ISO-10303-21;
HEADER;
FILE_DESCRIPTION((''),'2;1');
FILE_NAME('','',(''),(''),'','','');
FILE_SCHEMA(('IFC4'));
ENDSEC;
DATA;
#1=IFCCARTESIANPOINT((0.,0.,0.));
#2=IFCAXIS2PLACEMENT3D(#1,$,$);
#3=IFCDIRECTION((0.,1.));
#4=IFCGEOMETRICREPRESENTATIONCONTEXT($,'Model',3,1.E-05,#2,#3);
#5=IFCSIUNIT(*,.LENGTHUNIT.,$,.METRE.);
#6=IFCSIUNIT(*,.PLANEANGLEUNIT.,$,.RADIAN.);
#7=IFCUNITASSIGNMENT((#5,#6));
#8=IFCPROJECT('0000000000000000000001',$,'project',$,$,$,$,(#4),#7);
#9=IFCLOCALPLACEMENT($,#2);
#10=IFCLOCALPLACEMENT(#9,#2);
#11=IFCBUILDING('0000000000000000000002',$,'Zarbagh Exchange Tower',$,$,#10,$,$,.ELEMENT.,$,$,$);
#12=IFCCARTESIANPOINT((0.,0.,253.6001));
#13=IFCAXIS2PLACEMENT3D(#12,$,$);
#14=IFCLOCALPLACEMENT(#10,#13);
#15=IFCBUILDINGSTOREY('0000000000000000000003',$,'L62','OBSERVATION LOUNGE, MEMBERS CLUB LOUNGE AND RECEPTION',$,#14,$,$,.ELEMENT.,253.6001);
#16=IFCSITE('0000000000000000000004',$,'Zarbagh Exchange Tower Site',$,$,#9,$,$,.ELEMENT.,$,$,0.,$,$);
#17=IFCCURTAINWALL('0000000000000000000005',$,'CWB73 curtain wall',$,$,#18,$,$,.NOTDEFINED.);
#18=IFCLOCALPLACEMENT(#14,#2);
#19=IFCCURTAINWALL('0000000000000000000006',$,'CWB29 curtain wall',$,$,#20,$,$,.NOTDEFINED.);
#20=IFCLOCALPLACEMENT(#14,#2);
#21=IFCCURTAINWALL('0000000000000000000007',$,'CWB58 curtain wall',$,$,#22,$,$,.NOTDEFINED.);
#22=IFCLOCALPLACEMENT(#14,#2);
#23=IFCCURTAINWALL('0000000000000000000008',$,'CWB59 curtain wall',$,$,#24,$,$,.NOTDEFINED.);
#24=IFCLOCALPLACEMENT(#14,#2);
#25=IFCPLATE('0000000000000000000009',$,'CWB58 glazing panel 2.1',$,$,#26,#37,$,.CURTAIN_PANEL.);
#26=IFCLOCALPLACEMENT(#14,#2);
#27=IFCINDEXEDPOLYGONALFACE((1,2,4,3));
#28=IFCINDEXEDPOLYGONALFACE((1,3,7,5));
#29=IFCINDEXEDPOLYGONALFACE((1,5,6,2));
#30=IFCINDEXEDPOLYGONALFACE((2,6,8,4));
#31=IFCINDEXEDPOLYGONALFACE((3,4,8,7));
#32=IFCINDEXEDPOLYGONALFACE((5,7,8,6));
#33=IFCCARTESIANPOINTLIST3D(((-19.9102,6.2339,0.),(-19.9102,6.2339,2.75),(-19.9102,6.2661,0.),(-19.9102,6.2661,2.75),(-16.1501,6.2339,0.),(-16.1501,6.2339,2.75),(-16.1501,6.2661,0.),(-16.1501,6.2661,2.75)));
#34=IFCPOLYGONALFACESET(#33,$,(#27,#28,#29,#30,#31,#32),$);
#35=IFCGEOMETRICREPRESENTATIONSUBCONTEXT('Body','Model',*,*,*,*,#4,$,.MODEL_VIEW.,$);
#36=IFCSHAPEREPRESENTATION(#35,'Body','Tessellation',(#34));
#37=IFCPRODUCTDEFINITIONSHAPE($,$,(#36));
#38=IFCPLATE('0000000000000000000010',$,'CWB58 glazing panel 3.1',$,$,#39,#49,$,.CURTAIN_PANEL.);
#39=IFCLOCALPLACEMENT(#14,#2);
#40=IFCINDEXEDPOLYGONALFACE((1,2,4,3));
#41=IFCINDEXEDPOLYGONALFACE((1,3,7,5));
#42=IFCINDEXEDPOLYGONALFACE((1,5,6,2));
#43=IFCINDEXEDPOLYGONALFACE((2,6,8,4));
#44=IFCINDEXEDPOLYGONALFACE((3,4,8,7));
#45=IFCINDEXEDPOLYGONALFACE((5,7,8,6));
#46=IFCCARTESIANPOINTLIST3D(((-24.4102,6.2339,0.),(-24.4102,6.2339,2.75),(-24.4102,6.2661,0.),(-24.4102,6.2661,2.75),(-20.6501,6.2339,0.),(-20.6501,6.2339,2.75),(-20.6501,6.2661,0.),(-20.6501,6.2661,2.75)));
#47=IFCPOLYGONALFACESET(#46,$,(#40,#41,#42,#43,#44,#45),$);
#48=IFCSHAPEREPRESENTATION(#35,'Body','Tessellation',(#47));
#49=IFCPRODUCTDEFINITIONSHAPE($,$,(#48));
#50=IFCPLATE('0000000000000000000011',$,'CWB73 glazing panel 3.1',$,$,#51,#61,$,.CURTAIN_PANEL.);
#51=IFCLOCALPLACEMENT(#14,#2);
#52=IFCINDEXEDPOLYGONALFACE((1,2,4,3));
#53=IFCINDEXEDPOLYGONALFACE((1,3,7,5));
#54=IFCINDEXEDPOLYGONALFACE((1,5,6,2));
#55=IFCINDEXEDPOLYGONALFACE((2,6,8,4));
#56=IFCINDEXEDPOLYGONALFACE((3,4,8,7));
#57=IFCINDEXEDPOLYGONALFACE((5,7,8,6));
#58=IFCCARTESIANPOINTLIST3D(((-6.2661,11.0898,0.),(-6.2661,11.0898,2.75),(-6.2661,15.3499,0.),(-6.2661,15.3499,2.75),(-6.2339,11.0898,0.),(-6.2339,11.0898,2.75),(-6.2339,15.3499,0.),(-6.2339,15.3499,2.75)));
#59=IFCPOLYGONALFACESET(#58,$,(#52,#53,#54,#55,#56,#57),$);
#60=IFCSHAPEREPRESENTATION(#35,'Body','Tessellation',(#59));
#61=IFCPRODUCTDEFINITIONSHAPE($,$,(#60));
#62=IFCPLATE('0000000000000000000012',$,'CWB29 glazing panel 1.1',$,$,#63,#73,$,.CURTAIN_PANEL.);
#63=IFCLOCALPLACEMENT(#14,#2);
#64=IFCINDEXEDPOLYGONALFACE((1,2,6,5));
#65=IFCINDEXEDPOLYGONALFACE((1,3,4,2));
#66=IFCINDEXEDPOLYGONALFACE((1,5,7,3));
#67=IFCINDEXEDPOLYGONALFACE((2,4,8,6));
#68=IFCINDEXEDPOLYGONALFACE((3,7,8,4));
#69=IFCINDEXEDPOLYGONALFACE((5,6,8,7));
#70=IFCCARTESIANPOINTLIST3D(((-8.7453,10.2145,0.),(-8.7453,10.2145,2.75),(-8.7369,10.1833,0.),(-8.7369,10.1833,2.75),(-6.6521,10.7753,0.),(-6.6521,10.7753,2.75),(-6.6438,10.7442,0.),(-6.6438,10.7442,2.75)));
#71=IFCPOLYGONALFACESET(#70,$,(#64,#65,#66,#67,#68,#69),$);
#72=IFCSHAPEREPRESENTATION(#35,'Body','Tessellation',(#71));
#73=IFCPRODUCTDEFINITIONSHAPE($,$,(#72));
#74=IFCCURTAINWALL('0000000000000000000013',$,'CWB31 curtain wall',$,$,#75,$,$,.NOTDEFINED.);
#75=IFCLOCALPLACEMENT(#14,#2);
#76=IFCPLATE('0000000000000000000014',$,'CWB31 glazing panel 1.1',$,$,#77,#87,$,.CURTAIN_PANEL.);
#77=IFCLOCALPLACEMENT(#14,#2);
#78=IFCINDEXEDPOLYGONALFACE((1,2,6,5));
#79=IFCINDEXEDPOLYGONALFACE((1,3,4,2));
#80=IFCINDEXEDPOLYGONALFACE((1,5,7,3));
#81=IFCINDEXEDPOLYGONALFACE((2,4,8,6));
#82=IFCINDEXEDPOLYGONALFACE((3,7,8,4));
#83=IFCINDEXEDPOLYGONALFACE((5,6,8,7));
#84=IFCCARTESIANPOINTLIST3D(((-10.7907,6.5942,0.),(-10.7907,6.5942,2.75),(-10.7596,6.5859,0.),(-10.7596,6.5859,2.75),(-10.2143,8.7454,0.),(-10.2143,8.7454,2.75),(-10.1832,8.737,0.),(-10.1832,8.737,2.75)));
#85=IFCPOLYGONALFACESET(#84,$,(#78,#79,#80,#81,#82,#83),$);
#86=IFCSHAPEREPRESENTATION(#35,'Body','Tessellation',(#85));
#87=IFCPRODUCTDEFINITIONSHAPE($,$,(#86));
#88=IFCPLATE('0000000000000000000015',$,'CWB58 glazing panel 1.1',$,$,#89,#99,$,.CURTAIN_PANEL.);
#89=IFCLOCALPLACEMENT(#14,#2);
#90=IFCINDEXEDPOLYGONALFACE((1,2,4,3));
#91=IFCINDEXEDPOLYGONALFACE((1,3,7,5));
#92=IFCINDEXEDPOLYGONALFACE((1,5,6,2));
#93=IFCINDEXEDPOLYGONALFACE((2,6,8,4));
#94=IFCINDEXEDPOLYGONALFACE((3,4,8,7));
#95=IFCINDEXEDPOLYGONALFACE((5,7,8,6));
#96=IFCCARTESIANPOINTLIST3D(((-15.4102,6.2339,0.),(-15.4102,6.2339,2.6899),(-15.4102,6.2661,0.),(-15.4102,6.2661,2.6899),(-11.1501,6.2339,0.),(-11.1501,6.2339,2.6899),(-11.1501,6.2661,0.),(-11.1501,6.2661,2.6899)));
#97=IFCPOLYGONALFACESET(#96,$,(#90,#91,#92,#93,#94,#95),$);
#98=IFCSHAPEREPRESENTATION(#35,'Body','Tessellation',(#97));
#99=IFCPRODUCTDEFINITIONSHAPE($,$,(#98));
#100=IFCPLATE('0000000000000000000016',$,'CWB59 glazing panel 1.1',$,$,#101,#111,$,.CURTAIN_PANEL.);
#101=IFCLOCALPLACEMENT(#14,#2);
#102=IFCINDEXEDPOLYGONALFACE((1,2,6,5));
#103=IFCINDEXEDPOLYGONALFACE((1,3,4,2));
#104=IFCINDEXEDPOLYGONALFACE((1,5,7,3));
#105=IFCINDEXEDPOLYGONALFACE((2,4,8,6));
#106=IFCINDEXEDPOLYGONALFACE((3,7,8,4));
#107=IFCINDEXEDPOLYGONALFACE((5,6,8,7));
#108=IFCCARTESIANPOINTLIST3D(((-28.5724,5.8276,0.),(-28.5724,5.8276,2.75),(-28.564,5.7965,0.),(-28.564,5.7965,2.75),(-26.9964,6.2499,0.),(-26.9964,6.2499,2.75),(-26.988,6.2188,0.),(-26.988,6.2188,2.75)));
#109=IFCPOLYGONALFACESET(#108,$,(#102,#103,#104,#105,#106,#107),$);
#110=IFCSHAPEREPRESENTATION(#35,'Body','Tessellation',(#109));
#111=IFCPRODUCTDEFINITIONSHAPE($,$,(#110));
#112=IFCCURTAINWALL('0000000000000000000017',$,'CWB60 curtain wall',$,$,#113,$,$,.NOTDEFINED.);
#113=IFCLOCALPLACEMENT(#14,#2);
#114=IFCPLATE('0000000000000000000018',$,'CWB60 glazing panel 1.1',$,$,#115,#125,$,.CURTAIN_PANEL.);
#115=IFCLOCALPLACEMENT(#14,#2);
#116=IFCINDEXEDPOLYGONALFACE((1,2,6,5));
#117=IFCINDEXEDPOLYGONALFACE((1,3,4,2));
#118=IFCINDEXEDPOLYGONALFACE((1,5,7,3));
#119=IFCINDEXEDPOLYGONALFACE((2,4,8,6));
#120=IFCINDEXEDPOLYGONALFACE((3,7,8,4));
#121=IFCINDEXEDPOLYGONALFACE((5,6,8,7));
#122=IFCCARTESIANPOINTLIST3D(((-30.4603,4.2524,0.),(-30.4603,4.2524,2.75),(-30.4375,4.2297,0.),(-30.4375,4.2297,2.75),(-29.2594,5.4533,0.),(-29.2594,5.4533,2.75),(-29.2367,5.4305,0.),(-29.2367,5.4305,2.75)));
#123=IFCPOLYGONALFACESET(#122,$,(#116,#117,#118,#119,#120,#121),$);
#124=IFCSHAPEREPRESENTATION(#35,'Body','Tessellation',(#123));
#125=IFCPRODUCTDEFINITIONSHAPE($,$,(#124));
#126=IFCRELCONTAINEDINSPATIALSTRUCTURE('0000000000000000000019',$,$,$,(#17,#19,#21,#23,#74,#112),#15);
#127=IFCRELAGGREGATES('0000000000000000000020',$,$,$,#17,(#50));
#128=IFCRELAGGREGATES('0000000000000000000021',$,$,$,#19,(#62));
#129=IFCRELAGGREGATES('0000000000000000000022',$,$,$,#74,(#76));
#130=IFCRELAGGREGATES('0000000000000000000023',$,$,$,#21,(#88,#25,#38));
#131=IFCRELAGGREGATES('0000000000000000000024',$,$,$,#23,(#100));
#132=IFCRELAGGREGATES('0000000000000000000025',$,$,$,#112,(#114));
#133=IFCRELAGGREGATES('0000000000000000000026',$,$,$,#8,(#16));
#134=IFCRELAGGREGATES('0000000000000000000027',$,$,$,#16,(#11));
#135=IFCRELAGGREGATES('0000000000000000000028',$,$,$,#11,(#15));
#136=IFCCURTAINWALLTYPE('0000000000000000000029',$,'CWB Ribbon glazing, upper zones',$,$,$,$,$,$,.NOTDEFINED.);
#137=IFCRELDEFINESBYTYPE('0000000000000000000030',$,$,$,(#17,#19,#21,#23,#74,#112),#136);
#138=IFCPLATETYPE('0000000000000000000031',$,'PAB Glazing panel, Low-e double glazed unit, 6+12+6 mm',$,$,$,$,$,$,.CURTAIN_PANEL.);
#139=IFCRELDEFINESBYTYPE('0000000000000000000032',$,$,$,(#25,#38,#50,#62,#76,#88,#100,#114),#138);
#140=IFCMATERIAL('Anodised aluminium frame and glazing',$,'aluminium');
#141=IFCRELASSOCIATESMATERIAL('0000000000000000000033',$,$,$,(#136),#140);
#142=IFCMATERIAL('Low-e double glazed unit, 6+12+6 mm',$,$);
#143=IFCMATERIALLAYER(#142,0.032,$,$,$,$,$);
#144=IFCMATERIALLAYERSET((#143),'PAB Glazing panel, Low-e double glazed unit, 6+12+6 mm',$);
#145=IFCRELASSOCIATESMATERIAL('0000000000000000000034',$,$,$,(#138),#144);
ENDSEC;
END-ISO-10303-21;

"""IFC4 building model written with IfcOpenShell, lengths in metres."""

from ifc_helpers import new_model, si_unit, direction, frame, origin, place, context, subcontext, project, spatial, polyline, outline, extrude, source, transform, mapped, material, layer, layer_set, type_object, element, aggregate, save


model = new_model("IFC4")

# Units and contexts
model_context = context("Model", 3, precision=1e-05, world=origin(), true_north=direction((0.0, 1.0)))
body_context = subcontext(model_context, "Body", "Model", "MODEL_VIEW")
ifc_project = project(units=[si_unit("LENGTHUNIT", "METRE"), si_unit("PLANEANGLEUNIT", "RADIAN")], contexts=[model_context])

# Site, building, storey
site_placement = place(None, origin())
site = spatial("IfcSite", under=ifc_project, at=site_placement, Name="Zarbagh Exchange Tower Site", CompositionType="ELEMENT", RefElevation=0.0)
building_placement = place(site_placement, origin())
building = spatial("IfcBuilding", under=site, at=building_placement, Name="Zarbagh Exchange Tower", CompositionType="ELEMENT")
storey_placement = place(building_placement, frame((0.0, 0.0, 253.6001)))
storey = spatial("IfcBuildingStorey", under=building, at=storey_placement, Name="L62", Description="OBSERVATION LOUNGE, MEMBERS CLUB LOUNGE AND RECEPTION", CompositionType="ELEMENT", Elevation=253.6001)

# Curtain walls
ifc_material_1 = material(Name="Anodised aluminium frame and glazing", Category="aluminium")
curtain_wall_type = type_object("IfcCurtainWallType", Name="CWB Ribbon glazing, upper zones", PredefinedType="NOTDEFINED", material=ifc_material_1)
curtain_wall_1_placement = place(storey_placement, origin())
curtain_wall_1 = element("IfcCurtainWall", 1, at=curtain_wall_1_placement, inside=storey, type_object=curtain_wall_type, Name="CWB73 curtain wall", PredefinedType="NOTDEFINED")
placement = place(storey_placement, origin())
curtain_wall_2_placement = place(storey_placement, origin())
curtain_wall_2 = element("IfcCurtainWall", 2, at=curtain_wall_2_placement, inside=storey, type_object=curtain_wall_type, Name="CWB29 curtain wall", PredefinedType="NOTDEFINED")

# Curtain wall
curtain_wall_3_placement = place(storey_placement, origin())
curtain_wall_3 = element("IfcCurtainWall", 3, at=curtain_wall_3_placement, inside=storey, type_object=curtain_wall_type, Name="CWB58 curtain wall", PredefinedType="NOTDEFINED")

# Curtain wall
curtain_wall_4_placement = place(storey_placement, origin())
curtain_wall_4 = element("IfcCurtainWall", 4, at=curtain_wall_4_placement, inside=storey, type_object=curtain_wall_type, Name="CWB59 curtain wall", PredefinedType="NOTDEFINED")

# Shared definitions
ifc_material_2 = material(Name="Low-e double glazed unit, 6+12+6 mm")
ifc_layer = layer(ifc_material_2, 0.032)
ifc_layer_set = layer_set([ifc_layer], Name="PAB Glazing panel, Low-e double glazed unit, 6+12+6 mm")
plate_type = type_object("IfcPlateType", Name="PAB Glazing panel, Low-e double glazed unit, 6+12+6 mm", PredefinedType="CURTAIN_PANEL", material=ifc_layer_set)

# Plates
shared_shape_1 = source(origin(), body_context, "Body", "SweptSolid", [
    extrude(outline(polyline([(0.0, -0.0161), (3.76, -0.0161), (3.76, 0.0161), (0.0, 0.0161), (0.0, -0.0161)])), origin(), (0.0, 0.0, 1.0), 2.75),
])
plate_1 = element("IfcPlate", 5, at=placement, type_object=plate_type, Name="CWB58 glazing panel 2.1", PredefinedType="CURTAIN_PANEL", context=body_context, shape_type="MappedRepresentation", body=[
    mapped(shared_shape_1, transform((-16.1501, 6.25, 0.0), x_axis=(-1.0, 0.0, 0.0), y_axis=(0.0, -1.0, 0.0), z_axis=(0.0, 0.0, 1.0))),
])
plate_2 = element("IfcPlate", 6, at=placement, type_object=plate_type, Name="CWB58 glazing panel 3.1", PredefinedType="CURTAIN_PANEL", context=body_context, shape_type="MappedRepresentation", body=[
    mapped(shared_shape_1, transform((-20.6501, 6.25, 0.0), x_axis=(-1.0, 0.0, 0.0), y_axis=(0.0, -1.0, 0.0), z_axis=(0.0, 0.0, 1.0))),
])
shared_shape_2 = source(origin(), body_context, "Body", "SweptSolid", [
    extrude(outline(polyline([(0.0, -0.0161), (4.26, -0.0161), (4.26, 0.0161), (0.0, 0.0161), (0.0, -0.0161)])), origin(), (0.0, 0.0, 1.0), 2.75),
])
plate_3 = element("IfcPlate", 7, at=placement, type_object=plate_type, Name="CWB73 glazing panel 3.1", PredefinedType="CURTAIN_PANEL", context=body_context, shape_type="MappedRepresentation", body=[
    mapped(shared_shape_2, transform((-6.25, 15.3499, 0.0), x_axis=(0.0, -1.0, 0.0), y_axis=(1.0, 0.0, 0.0), z_axis=(0.0, 0.0, 1.0))),
])
aggregate(curtain_wall_1, [plate_3])
shared_shape_3 = source(origin(), body_context, "Body", "SweptSolid", [
    extrude(outline(polyline([(0.0, -0.0161), (2.167, -0.0161), (2.167, 0.0161), (0.0, 0.0161), (0.0, -0.0161)])), origin(), (0.0, 0.0, 1.0), 2.75),
])
plate_4 = element("IfcPlate", 8, at=placement, type_object=plate_type, Name="CWB29 glazing panel 1.1", PredefinedType="CURTAIN_PANEL", context=body_context, shape_type="MappedRepresentation", body=[
    mapped(shared_shape_3, transform((-6.6479, 10.7598, 0.0), x_axis=(-0.965924, -0.258825, 0.0), y_axis=(0.258825, -0.965924, 0.0), z_axis=(0.0, 0.0, 1.0))),
])
aggregate(curtain_wall_2, [plate_4])

# Curtain wall, plate
curtain_wall_5_placement = place(storey_placement, origin())
curtain_wall_5 = element("IfcCurtainWall", 9, at=curtain_wall_5_placement, inside=storey, type_object=curtain_wall_type, Name="CWB31 curtain wall", PredefinedType="NOTDEFINED")
shared_shape_4 = source(origin(), body_context, "Body", "SweptSolid", [
    extrude(outline(polyline([(0.0, -0.0161), (2.2271, -0.0161), (2.2271, 0.0161), (0.0, 0.0161), (0.0, -0.0161)])), origin(), (0.0, 0.0, 1.0), 2.75),
])
plate_5 = element("IfcPlate", 10, at=placement, type_object=plate_type, Name="CWB31 glazing panel 1.1", PredefinedType="CURTAIN_PANEL", context=body_context, shape_type="MappedRepresentation", body=[
    mapped(shared_shape_4, transform((-10.1987, 8.7412, 0.0), x_axis=(-0.258825, -0.965924, 0.0), y_axis=(0.965924, -0.258825, 0.0), z_axis=(0.0, 0.0, 1.0))),
])
aggregate(curtain_wall_5, [plate_5])

# Plates
shared_shape_5 = source(origin(), body_context, "Body", "SweptSolid", [
    extrude(outline(polyline([(0.0, -0.0161), (4.26, -0.0161), (4.26, 0.0161), (0.0, 0.0161), (0.0, -0.0161)])), origin(), (0.0, 0.0, 1.0), 2.6899),
])
plate_6 = element("IfcPlate", 11, at=placement, type_object=plate_type, Name="CWB58 glazing panel 1.1", PredefinedType="CURTAIN_PANEL", context=body_context, shape_type="MappedRepresentation", body=[
    mapped(shared_shape_5, transform((-11.1501, 6.25, 0.0), x_axis=(-1.0, 0.0, 0.0), y_axis=(0.0, -1.0, 0.0), z_axis=(0.0, 0.0, 1.0))),
])
aggregate(curtain_wall_3, [plate_6, plate_1, plate_2])
shared_shape_6 = source(origin(), body_context, "Body", "SweptSolid", [
    extrude(outline(polyline([(0.0, -0.0161), (1.6316, -0.0161), (1.6316, 0.0161), (0.0, 0.0161), (0.0, -0.0161)])), origin(), (0.0, 0.0, 1.0), 2.75),
])
plate_7 = element("IfcPlate", 12, at=placement, type_object=plate_type, Name="CWB59 glazing panel 1.1", PredefinedType="CURTAIN_PANEL", context=body_context, shape_type="MappedRepresentation", body=[
    mapped(shared_shape_6, transform((-26.9922, 6.2344, 0.0), x_axis=(-0.965924, -0.258825, 0.0), y_axis=(0.258825, -0.965924, 0.0), z_axis=(0.0, 0.0, 1.0))),
])
aggregate(curtain_wall_4, [plate_7])

# Curtain wall, plate
curtain_wall_6_placement = place(storey_placement, origin())
curtain_wall_6 = element("IfcCurtainWall", 13, at=curtain_wall_6_placement, inside=storey, type_object=curtain_wall_type, Name="CWB60 curtain wall", PredefinedType="NOTDEFINED")
shared_shape_7 = source(origin(), body_context, "Body", "SweptSolid", [
    extrude(outline(polyline([(0.0, -0.0161), (1.6982, -0.0161), (1.6982, 0.0161), (0.0, 0.0161), (0.0, -0.0161)])), origin(), (0.0, 0.0, 1.0), 2.75),
])
plate_8 = element("IfcPlate", 14, at=placement, type_object=plate_type, Name="CWB60 glazing panel 1.1", PredefinedType="CURTAIN_PANEL", context=body_context, shape_type="MappedRepresentation", body=[
    mapped(shared_shape_7, transform((-29.248, 5.4419, 0.0), x_axis=(-0.707107, -0.707107, 0.0), y_axis=(0.707107, -0.707107, 0.0), z_axis=(0.0, 0.0, 1.0))),
])
aggregate(curtain_wall_6, [plate_8])

save(model, "model.ifc")
